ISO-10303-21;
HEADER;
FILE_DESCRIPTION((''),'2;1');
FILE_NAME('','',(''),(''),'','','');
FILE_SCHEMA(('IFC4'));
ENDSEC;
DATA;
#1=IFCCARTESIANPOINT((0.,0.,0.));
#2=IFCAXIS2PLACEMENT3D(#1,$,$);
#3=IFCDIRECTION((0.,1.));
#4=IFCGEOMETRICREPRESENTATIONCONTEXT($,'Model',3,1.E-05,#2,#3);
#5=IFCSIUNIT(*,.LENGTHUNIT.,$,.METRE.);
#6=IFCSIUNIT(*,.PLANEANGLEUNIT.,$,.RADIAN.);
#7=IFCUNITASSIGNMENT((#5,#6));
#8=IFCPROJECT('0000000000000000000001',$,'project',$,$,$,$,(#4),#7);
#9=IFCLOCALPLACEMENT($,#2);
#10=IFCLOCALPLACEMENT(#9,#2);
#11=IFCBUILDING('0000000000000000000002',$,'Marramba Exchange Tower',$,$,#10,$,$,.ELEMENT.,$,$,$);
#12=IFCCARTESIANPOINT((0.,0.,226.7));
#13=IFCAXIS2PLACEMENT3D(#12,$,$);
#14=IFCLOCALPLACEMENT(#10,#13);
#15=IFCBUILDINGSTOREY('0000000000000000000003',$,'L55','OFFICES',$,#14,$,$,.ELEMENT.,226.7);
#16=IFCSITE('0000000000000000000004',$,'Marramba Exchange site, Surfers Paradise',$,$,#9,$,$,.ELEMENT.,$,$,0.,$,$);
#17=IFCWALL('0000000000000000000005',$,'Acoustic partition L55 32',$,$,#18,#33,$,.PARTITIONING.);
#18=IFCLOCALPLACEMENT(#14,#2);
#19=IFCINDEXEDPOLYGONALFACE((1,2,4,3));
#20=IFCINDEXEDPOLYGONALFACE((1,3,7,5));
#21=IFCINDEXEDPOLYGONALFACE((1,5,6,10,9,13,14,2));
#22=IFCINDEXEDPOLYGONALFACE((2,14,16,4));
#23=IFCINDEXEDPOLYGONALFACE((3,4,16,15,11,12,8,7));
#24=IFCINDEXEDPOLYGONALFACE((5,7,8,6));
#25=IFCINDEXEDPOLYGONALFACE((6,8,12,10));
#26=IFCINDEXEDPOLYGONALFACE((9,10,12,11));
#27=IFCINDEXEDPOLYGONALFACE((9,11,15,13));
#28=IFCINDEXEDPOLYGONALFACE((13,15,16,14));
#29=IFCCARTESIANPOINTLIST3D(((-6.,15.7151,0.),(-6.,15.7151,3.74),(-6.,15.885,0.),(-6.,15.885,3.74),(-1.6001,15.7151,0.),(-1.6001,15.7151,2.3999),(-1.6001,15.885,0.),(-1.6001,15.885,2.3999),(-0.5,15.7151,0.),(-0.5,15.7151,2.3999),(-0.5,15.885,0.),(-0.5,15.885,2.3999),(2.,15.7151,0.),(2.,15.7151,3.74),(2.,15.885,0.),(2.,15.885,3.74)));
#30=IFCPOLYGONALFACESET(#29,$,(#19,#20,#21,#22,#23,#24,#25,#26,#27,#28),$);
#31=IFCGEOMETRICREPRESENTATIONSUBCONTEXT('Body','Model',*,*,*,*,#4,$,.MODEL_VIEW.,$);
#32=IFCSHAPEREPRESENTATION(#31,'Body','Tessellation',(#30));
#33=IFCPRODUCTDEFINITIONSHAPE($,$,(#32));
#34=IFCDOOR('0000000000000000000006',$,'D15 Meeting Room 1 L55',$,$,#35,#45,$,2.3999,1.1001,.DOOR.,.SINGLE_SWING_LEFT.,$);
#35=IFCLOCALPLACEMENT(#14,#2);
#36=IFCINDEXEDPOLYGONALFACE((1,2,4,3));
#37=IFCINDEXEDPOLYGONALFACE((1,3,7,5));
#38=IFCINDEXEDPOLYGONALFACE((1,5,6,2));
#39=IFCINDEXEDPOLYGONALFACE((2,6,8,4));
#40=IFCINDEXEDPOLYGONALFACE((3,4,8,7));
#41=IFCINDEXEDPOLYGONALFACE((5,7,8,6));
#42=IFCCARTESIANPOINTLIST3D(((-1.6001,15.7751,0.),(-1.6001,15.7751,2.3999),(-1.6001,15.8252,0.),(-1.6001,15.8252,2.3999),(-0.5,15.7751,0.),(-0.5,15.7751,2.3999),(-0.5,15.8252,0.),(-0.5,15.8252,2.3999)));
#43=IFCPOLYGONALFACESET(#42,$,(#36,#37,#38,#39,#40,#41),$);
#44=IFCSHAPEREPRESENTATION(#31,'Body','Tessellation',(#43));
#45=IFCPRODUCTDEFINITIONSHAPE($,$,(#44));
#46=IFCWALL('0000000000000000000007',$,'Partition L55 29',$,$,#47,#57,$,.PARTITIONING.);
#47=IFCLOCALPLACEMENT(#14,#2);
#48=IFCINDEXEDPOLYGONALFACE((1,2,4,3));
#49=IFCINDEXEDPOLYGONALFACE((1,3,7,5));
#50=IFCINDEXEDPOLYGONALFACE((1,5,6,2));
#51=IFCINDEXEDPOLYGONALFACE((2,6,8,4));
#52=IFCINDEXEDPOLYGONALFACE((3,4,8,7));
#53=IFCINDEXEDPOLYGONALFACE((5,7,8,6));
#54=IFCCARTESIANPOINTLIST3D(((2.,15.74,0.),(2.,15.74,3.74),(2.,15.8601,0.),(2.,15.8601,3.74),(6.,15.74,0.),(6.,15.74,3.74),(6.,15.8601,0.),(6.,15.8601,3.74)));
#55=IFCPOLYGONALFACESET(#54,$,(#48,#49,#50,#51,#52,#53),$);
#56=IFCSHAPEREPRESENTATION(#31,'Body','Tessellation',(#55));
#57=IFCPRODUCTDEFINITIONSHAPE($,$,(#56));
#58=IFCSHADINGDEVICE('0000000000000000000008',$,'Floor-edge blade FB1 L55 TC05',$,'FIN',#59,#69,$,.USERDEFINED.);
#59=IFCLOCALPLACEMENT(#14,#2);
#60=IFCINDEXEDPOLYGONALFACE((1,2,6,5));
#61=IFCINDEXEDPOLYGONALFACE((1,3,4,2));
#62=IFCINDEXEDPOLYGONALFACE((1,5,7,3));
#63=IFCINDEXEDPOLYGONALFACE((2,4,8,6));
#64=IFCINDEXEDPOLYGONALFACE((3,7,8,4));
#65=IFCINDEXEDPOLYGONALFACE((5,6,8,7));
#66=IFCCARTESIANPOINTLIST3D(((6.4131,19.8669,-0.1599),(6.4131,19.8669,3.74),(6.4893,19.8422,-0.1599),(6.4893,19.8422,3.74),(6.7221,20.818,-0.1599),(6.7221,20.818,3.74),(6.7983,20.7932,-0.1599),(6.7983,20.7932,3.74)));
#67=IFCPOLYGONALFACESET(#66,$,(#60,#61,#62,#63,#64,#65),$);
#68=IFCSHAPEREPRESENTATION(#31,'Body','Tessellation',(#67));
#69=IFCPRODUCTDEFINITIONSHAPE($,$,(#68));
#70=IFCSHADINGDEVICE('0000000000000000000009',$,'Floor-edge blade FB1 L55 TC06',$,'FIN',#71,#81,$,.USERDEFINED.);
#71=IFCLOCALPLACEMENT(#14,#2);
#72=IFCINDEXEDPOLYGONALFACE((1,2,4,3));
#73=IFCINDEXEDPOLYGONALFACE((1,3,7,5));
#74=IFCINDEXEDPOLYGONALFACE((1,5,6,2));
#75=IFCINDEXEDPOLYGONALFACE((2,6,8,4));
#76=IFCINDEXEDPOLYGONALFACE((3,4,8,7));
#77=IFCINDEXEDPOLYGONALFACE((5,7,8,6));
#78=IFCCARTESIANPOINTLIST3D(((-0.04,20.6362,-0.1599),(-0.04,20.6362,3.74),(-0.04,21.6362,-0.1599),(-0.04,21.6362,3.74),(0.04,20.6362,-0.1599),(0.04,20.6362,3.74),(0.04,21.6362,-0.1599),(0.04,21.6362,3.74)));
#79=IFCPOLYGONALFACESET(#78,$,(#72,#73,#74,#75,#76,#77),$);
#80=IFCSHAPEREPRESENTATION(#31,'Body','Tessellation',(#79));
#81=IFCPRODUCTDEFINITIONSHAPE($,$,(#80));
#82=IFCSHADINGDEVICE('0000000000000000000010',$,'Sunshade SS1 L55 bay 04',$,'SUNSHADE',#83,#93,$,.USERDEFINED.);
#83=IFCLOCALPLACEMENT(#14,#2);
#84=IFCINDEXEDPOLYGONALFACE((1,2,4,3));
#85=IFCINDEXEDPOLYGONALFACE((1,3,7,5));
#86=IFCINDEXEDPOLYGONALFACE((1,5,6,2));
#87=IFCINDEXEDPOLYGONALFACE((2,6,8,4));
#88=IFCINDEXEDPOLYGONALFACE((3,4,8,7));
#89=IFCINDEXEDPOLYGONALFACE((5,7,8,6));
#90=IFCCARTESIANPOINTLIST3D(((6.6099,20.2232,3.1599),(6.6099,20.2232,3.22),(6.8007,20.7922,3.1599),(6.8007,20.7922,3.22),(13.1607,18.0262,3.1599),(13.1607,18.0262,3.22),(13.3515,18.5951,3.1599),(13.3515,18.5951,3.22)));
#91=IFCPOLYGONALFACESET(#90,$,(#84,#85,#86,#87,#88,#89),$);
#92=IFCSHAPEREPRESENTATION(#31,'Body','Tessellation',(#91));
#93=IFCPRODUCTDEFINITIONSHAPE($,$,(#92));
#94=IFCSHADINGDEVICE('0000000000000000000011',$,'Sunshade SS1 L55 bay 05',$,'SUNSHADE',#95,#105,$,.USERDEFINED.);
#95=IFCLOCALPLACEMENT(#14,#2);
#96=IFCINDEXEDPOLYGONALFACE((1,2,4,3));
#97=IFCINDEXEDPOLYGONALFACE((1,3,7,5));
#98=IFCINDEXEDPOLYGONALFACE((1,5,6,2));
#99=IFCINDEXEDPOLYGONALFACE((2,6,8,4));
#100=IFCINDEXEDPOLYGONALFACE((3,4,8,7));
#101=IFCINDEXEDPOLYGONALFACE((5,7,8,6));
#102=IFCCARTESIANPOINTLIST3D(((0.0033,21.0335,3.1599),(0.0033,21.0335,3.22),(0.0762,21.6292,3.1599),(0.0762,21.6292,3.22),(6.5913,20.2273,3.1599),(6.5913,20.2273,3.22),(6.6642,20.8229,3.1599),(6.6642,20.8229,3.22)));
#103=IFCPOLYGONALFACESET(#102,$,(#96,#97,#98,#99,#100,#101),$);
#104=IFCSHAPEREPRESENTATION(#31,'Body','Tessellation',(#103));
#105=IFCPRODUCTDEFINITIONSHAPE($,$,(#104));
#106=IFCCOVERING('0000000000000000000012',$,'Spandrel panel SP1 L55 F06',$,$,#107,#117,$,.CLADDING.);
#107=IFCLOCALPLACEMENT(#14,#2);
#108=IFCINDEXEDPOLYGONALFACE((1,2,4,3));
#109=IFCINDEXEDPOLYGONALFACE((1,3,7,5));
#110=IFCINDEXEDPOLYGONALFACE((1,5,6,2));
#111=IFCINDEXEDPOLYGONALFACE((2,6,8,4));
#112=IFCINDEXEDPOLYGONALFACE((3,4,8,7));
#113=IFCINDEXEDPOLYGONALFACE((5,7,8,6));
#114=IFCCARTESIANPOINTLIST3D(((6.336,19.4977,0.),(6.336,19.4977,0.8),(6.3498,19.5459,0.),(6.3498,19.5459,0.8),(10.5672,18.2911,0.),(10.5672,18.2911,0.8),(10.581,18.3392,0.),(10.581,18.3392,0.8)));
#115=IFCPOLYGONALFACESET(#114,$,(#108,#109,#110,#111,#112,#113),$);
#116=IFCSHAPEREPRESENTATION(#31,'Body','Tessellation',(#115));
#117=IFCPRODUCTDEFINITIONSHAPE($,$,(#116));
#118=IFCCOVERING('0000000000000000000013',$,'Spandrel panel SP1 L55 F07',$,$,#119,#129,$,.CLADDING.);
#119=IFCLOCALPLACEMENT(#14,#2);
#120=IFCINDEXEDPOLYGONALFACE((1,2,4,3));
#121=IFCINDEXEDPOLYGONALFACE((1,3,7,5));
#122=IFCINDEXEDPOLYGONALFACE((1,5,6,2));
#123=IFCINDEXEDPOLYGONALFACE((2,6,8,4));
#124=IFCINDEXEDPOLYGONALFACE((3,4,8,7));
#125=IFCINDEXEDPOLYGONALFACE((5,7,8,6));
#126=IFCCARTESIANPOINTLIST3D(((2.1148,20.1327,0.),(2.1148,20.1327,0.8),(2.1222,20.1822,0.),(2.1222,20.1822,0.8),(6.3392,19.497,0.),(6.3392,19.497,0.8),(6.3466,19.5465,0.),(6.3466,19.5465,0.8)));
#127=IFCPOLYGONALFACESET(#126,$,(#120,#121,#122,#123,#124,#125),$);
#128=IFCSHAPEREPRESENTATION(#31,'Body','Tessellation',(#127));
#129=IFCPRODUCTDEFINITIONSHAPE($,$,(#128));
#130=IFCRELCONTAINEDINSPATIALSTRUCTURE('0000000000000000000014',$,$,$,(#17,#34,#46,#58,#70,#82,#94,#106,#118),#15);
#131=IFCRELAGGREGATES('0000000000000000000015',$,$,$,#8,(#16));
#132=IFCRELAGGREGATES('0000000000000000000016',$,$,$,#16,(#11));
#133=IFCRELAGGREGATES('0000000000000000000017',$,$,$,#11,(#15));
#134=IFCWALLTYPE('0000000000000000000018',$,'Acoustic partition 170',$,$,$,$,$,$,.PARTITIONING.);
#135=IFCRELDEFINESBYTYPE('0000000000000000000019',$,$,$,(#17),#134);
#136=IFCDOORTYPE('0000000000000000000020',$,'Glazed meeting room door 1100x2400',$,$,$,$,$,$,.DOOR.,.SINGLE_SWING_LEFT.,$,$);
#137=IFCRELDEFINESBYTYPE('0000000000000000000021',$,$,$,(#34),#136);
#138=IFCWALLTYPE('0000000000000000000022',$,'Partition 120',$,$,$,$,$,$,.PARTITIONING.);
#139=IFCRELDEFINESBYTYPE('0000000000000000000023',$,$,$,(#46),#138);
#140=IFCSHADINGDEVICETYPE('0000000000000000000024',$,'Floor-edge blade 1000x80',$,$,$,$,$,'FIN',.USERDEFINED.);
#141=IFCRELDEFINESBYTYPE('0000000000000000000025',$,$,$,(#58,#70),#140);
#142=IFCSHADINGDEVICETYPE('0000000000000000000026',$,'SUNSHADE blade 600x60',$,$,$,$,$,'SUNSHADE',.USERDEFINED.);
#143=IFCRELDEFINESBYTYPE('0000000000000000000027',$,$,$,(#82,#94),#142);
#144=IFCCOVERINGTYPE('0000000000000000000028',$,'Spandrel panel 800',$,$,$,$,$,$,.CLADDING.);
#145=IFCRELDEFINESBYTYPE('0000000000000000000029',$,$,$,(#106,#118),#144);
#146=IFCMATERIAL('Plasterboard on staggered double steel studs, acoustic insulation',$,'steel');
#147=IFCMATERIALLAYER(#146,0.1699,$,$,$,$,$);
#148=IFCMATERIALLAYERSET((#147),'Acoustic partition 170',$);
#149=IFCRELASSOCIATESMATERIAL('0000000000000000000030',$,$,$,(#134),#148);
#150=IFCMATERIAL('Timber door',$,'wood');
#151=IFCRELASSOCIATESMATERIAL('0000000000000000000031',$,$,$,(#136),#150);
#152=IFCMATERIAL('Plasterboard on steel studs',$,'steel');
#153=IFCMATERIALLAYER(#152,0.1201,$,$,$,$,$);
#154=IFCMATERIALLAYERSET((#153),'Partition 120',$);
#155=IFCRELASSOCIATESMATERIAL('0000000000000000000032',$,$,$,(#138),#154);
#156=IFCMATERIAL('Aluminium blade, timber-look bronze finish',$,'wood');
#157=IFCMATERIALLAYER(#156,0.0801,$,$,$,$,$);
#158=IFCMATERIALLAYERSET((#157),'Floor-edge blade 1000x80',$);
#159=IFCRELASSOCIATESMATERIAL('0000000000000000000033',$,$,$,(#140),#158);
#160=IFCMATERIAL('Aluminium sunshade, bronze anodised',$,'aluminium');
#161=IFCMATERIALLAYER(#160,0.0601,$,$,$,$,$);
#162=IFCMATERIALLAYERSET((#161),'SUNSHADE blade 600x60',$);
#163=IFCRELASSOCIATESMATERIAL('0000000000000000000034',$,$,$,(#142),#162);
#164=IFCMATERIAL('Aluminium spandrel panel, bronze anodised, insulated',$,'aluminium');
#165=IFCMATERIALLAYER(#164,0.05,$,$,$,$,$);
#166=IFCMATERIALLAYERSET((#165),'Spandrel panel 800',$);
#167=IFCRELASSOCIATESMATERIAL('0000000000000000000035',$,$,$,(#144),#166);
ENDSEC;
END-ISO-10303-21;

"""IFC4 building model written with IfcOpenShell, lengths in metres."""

from ifc_helpers import new_model, si_unit, direction, frame, frame_2d, origin, origin_2d, place, context, subcontext, project, spatial, rectangle, extrude, material, layer, layer_set, type_object, element, fill, save


model = new_model("IFC4")

# Units and contexts
model_context = context("Model", 3, precision=1e-05, world=origin(), true_north=direction((0.0, 1.0)))
body_context = subcontext(model_context, "Body", "Model", "MODEL_VIEW")
ifc_project = project(units=[si_unit("LENGTHUNIT", "METRE"), si_unit("PLANEANGLEUNIT", "RADIAN")], contexts=[model_context])

# Site, building, storey
site_placement = place(None, origin())
site = spatial("IfcSite", under=ifc_project, at=site_placement, Name="Marramba Exchange site, Surfers Paradise", CompositionType="ELEMENT", RefElevation=0.0)
building_placement = place(site_placement, origin())
building = spatial("IfcBuilding", under=site, at=building_placement, Name="Marramba Exchange Tower", CompositionType="ELEMENT")
storey_placement = place(building_placement, frame((0.0, 0.0, 226.7)))
storey = spatial("IfcBuildingStorey", under=building, at=storey_placement, Name="L55", Description="OFFICES", CompositionType="ELEMENT", Elevation=226.7)

# Shared definitions
ifc_material_1 = material(Name="Plasterboard on staggered double steel studs, acoustic insulation", Category="steel")
ifc_layer_1 = layer(ifc_material_1, 0.1699)
ifc_layer_set_1 = layer_set([ifc_layer_1], Name="Acoustic partition 170")
wall_type_1 = type_object("IfcWallType", Name="Acoustic partition 170", PredefinedType="PARTITIONING", material=ifc_layer_set_1)

# Wall, opening, door
wall_1_placement = place(storey_placement, frame((2.0, 15.8, 0.0), z_axis=(0.0, 0.0, 1.0), x_axis=(-1.0, 0.0, 0.0)))
wall_1 = element("IfcWall", 1, at=wall_1_placement, inside=storey, type_object=wall_type_1, Name="Acoustic partition L55 32", PredefinedType="PARTITIONING", context=body_context, shape_type="SweptSolid", body=[
    extrude(rectangle(XDim=8.0, YDim=0.1699, at=frame_2d((4.0, 0.0))), origin(), (0.0, 0.0, 1.0), 3.74),
])
opening_placement = place(wall_1_placement, frame((2.5, 0.0, 0.0)))
opening = element("IfcOpeningElement", 2, at=opening_placement, cuts=wall_1, PredefinedType="OPENING", context=body_context, shape_type="SweptSolid", body=[
    extrude(rectangle(XDim=1.1001, YDim=2.3999, at=frame_2d((0.55, 1.2))), frame((0.0, 0.095, 0.0), z_axis=(0.0, -1.0, 0.0), x_axis=(1.0, 0.0, 0.0)), (0.0, 0.0, 1.0), 0.1899),
])
ifc_material_2 = material(Name="Timber door", Category="wood")
door_type = type_object("IfcDoorType", Name="Glazed meeting room door 1100x2400", OperationType="SINGLE_SWING_LEFT", PredefinedType="DOOR", material=ifc_material_2)
door_placement = place(opening_placement, origin())
door = element("IfcDoor", 3, at=door_placement, inside=storey, type_object=door_type, Name="D15 Meeting Room 1 L55", OperationType="SINGLE_SWING_LEFT", OverallHeight=2.3999, OverallWidth=1.1001, PredefinedType="DOOR", context=body_context, shape_type="SweptSolid", body=[
    extrude(rectangle(XDim=1.1001, YDim=2.3999, at=frame_2d((0.55, 1.2))), frame((0.0, 0.0249, 0.0), z_axis=(0.0, -1.0, 0.0), x_axis=(1.0, 0.0, 0.0)), (0.0, 0.0, 1.0), 0.05),
])
fill(opening, door)

# Wall
ifc_material_3 = material(Name="Plasterboard on steel studs", Category="steel")
ifc_layer_2 = layer(ifc_material_3, 0.1201)
ifc_layer_set_2 = layer_set([ifc_layer_2], Name="Partition 120")
wall_type_2 = type_object("IfcWallType", Name="Partition 120", PredefinedType="PARTITIONING", material=ifc_layer_set_2)
wall_2_placement = place(storey_placement, frame((6.0, 15.8, 0.0), z_axis=(0.0, 0.0, 1.0), x_axis=(-1.0, 0.0, 0.0)))
element("IfcWall", 4, at=wall_2_placement, inside=storey, type_object=wall_type_2, Name="Partition L55 29", PredefinedType="PARTITIONING", context=body_context, shape_type="SweptSolid", body=[
    extrude(rectangle(XDim=4.0, YDim=0.1201, at=frame_2d((2.0, 0.0))), origin(), (0.0, 0.0, 1.0), 3.74),
])

# Shading devices
ifc_material_4 = material(Name="Aluminium blade, timber-look bronze finish", Category="wood")
ifc_layer_3 = layer(ifc_material_4, 0.0801)
ifc_layer_set_3 = layer_set([ifc_layer_3], Name="Floor-edge blade 1000x80")
shading_device_type_1 = type_object("IfcShadingDeviceType", Name="Floor-edge blade 1000x80", ElementType="FIN", PredefinedType="USERDEFINED", material=ifc_layer_set_3)
for number, where, z_axis, x_axis, name in (
    (5, (6.6057, 20.3301, -0.1599), (0.0, 0.0, 1.0), (0.309017, 0.951057, 0.0), "Floor-edge blade FB1 L55 TC05"),
    (6, (0.0, 21.1362, -0.1599), (0.0, 0.0, 1.0), (0.0, 1.0, 0.0), "Floor-edge blade FB1 L55 TC06"),
):
    element("IfcShadingDevice", number, at=place(storey_placement, frame(where, z_axis=z_axis, x_axis=x_axis)), inside=storey, type_object=shading_device_type_1, Name=name, ObjectType="FIN", PredefinedType="USERDEFINED", context=body_context, shape_type="SweptSolid", body=[
        extrude(rectangle(XDim=1.0, YDim=0.0801, at=origin_2d()), origin(), (0.0, 0.0, 1.0), 3.8999),
    ])
ifc_material_5 = material(Name="Aluminium sunshade, bronze anodised", Category="aluminium")
ifc_layer_4 = layer(ifc_material_5, 0.0601)
ifc_layer_set_4 = layer_set([ifc_layer_4], Name="SUNSHADE blade 600x60")
shading_device_type_2 = type_object("IfcShadingDeviceType", Name="SUNSHADE blade 600x60", ElementType="SUNSHADE", PredefinedType="USERDEFINED", material=ifc_layer_set_4)
shading_device_1_placement = place(storey_placement, frame((9.9807, 19.4092, 3.1599), z_axis=(0.0, 0.0, 1.0), x_axis=(-0.948096, 0.317983, 0.0)))
element("IfcShadingDevice", 7, at=shading_device_1_placement, inside=storey, type_object=shading_device_type_2, Name="Sunshade SS1 L55 bay 04", ObjectType="SUNSHADE", PredefinedType="USERDEFINED", context=body_context, shape_type="SweptSolid", body=[
    extrude(rectangle(XDim=6.9094, YDim=0.6001, at=origin_2d()), origin(), (0.0, 0.0, 1.0), 0.0601),
])
shading_device_2_placement = place(storey_placement, frame((3.3337, 20.9282, 3.1599), z_axis=(0.0, 0.0, 1.0), x_axis=(-0.992595, 0.121469, 0.0)))
element("IfcShadingDevice", 8, at=shading_device_2_placement, inside=storey, type_object=shading_device_type_2, Name="Sunshade SS1 L55 bay 05", ObjectType="SUNSHADE", PredefinedType="USERDEFINED", context=body_context, shape_type="SweptSolid", body=[
    extrude(rectangle(XDim=6.6372, YDim=0.6001, at=origin_2d()), origin(), (0.0, 0.0, 1.0), 0.0601),
])

# Coverings
ifc_material_6 = material(Name="Aluminium spandrel panel, bronze anodised, insulated", Category="aluminium")
ifc_layer_5 = layer(ifc_material_6, 0.05)
ifc_layer_set_5 = layer_set([ifc_layer_5], Name="Spandrel panel 800")
covering_type = type_object("IfcCoveringType", Name="Spandrel panel 800", PredefinedType="CLADDING", material=ifc_layer_set_5)
covering_1_placement = place(storey_placement, frame((8.4585, 18.9185, 0.0), z_axis=(0.0, 0.0, 1.0), x_axis=(-0.961659, 0.274248, 0.0)))
element("IfcCovering", 9, at=covering_1_placement, inside=storey, type_object=covering_type, Name="Spandrel panel SP1 L55 F06", PredefinedType="CLADDING", context=body_context, shape_type="SweptSolid", body=[
    extrude(rectangle(XDim=4.3999, YDim=0.05, at=origin_2d()), origin(), (0.0, 0.0, 1.0), 0.8),
])
covering_2_placement = place(storey_placement, frame((4.2307, 19.8396, 0.0), z_axis=(0.0, 0.0, 1.0), x_axis=(-0.988868, 0.148795, 0.0)))
element("IfcCovering", 10, at=covering_2_placement, inside=storey, type_object=covering_type, Name="Spandrel panel SP1 L55 F07", PredefinedType="CLADDING", context=body_context, shape_type="SweptSolid", body=[
    extrude(rectangle(XDim=4.272, YDim=0.05, at=origin_2d()), origin(), (0.0, 0.0, 1.0), 0.8),
])

save(model, "model.ifc")
